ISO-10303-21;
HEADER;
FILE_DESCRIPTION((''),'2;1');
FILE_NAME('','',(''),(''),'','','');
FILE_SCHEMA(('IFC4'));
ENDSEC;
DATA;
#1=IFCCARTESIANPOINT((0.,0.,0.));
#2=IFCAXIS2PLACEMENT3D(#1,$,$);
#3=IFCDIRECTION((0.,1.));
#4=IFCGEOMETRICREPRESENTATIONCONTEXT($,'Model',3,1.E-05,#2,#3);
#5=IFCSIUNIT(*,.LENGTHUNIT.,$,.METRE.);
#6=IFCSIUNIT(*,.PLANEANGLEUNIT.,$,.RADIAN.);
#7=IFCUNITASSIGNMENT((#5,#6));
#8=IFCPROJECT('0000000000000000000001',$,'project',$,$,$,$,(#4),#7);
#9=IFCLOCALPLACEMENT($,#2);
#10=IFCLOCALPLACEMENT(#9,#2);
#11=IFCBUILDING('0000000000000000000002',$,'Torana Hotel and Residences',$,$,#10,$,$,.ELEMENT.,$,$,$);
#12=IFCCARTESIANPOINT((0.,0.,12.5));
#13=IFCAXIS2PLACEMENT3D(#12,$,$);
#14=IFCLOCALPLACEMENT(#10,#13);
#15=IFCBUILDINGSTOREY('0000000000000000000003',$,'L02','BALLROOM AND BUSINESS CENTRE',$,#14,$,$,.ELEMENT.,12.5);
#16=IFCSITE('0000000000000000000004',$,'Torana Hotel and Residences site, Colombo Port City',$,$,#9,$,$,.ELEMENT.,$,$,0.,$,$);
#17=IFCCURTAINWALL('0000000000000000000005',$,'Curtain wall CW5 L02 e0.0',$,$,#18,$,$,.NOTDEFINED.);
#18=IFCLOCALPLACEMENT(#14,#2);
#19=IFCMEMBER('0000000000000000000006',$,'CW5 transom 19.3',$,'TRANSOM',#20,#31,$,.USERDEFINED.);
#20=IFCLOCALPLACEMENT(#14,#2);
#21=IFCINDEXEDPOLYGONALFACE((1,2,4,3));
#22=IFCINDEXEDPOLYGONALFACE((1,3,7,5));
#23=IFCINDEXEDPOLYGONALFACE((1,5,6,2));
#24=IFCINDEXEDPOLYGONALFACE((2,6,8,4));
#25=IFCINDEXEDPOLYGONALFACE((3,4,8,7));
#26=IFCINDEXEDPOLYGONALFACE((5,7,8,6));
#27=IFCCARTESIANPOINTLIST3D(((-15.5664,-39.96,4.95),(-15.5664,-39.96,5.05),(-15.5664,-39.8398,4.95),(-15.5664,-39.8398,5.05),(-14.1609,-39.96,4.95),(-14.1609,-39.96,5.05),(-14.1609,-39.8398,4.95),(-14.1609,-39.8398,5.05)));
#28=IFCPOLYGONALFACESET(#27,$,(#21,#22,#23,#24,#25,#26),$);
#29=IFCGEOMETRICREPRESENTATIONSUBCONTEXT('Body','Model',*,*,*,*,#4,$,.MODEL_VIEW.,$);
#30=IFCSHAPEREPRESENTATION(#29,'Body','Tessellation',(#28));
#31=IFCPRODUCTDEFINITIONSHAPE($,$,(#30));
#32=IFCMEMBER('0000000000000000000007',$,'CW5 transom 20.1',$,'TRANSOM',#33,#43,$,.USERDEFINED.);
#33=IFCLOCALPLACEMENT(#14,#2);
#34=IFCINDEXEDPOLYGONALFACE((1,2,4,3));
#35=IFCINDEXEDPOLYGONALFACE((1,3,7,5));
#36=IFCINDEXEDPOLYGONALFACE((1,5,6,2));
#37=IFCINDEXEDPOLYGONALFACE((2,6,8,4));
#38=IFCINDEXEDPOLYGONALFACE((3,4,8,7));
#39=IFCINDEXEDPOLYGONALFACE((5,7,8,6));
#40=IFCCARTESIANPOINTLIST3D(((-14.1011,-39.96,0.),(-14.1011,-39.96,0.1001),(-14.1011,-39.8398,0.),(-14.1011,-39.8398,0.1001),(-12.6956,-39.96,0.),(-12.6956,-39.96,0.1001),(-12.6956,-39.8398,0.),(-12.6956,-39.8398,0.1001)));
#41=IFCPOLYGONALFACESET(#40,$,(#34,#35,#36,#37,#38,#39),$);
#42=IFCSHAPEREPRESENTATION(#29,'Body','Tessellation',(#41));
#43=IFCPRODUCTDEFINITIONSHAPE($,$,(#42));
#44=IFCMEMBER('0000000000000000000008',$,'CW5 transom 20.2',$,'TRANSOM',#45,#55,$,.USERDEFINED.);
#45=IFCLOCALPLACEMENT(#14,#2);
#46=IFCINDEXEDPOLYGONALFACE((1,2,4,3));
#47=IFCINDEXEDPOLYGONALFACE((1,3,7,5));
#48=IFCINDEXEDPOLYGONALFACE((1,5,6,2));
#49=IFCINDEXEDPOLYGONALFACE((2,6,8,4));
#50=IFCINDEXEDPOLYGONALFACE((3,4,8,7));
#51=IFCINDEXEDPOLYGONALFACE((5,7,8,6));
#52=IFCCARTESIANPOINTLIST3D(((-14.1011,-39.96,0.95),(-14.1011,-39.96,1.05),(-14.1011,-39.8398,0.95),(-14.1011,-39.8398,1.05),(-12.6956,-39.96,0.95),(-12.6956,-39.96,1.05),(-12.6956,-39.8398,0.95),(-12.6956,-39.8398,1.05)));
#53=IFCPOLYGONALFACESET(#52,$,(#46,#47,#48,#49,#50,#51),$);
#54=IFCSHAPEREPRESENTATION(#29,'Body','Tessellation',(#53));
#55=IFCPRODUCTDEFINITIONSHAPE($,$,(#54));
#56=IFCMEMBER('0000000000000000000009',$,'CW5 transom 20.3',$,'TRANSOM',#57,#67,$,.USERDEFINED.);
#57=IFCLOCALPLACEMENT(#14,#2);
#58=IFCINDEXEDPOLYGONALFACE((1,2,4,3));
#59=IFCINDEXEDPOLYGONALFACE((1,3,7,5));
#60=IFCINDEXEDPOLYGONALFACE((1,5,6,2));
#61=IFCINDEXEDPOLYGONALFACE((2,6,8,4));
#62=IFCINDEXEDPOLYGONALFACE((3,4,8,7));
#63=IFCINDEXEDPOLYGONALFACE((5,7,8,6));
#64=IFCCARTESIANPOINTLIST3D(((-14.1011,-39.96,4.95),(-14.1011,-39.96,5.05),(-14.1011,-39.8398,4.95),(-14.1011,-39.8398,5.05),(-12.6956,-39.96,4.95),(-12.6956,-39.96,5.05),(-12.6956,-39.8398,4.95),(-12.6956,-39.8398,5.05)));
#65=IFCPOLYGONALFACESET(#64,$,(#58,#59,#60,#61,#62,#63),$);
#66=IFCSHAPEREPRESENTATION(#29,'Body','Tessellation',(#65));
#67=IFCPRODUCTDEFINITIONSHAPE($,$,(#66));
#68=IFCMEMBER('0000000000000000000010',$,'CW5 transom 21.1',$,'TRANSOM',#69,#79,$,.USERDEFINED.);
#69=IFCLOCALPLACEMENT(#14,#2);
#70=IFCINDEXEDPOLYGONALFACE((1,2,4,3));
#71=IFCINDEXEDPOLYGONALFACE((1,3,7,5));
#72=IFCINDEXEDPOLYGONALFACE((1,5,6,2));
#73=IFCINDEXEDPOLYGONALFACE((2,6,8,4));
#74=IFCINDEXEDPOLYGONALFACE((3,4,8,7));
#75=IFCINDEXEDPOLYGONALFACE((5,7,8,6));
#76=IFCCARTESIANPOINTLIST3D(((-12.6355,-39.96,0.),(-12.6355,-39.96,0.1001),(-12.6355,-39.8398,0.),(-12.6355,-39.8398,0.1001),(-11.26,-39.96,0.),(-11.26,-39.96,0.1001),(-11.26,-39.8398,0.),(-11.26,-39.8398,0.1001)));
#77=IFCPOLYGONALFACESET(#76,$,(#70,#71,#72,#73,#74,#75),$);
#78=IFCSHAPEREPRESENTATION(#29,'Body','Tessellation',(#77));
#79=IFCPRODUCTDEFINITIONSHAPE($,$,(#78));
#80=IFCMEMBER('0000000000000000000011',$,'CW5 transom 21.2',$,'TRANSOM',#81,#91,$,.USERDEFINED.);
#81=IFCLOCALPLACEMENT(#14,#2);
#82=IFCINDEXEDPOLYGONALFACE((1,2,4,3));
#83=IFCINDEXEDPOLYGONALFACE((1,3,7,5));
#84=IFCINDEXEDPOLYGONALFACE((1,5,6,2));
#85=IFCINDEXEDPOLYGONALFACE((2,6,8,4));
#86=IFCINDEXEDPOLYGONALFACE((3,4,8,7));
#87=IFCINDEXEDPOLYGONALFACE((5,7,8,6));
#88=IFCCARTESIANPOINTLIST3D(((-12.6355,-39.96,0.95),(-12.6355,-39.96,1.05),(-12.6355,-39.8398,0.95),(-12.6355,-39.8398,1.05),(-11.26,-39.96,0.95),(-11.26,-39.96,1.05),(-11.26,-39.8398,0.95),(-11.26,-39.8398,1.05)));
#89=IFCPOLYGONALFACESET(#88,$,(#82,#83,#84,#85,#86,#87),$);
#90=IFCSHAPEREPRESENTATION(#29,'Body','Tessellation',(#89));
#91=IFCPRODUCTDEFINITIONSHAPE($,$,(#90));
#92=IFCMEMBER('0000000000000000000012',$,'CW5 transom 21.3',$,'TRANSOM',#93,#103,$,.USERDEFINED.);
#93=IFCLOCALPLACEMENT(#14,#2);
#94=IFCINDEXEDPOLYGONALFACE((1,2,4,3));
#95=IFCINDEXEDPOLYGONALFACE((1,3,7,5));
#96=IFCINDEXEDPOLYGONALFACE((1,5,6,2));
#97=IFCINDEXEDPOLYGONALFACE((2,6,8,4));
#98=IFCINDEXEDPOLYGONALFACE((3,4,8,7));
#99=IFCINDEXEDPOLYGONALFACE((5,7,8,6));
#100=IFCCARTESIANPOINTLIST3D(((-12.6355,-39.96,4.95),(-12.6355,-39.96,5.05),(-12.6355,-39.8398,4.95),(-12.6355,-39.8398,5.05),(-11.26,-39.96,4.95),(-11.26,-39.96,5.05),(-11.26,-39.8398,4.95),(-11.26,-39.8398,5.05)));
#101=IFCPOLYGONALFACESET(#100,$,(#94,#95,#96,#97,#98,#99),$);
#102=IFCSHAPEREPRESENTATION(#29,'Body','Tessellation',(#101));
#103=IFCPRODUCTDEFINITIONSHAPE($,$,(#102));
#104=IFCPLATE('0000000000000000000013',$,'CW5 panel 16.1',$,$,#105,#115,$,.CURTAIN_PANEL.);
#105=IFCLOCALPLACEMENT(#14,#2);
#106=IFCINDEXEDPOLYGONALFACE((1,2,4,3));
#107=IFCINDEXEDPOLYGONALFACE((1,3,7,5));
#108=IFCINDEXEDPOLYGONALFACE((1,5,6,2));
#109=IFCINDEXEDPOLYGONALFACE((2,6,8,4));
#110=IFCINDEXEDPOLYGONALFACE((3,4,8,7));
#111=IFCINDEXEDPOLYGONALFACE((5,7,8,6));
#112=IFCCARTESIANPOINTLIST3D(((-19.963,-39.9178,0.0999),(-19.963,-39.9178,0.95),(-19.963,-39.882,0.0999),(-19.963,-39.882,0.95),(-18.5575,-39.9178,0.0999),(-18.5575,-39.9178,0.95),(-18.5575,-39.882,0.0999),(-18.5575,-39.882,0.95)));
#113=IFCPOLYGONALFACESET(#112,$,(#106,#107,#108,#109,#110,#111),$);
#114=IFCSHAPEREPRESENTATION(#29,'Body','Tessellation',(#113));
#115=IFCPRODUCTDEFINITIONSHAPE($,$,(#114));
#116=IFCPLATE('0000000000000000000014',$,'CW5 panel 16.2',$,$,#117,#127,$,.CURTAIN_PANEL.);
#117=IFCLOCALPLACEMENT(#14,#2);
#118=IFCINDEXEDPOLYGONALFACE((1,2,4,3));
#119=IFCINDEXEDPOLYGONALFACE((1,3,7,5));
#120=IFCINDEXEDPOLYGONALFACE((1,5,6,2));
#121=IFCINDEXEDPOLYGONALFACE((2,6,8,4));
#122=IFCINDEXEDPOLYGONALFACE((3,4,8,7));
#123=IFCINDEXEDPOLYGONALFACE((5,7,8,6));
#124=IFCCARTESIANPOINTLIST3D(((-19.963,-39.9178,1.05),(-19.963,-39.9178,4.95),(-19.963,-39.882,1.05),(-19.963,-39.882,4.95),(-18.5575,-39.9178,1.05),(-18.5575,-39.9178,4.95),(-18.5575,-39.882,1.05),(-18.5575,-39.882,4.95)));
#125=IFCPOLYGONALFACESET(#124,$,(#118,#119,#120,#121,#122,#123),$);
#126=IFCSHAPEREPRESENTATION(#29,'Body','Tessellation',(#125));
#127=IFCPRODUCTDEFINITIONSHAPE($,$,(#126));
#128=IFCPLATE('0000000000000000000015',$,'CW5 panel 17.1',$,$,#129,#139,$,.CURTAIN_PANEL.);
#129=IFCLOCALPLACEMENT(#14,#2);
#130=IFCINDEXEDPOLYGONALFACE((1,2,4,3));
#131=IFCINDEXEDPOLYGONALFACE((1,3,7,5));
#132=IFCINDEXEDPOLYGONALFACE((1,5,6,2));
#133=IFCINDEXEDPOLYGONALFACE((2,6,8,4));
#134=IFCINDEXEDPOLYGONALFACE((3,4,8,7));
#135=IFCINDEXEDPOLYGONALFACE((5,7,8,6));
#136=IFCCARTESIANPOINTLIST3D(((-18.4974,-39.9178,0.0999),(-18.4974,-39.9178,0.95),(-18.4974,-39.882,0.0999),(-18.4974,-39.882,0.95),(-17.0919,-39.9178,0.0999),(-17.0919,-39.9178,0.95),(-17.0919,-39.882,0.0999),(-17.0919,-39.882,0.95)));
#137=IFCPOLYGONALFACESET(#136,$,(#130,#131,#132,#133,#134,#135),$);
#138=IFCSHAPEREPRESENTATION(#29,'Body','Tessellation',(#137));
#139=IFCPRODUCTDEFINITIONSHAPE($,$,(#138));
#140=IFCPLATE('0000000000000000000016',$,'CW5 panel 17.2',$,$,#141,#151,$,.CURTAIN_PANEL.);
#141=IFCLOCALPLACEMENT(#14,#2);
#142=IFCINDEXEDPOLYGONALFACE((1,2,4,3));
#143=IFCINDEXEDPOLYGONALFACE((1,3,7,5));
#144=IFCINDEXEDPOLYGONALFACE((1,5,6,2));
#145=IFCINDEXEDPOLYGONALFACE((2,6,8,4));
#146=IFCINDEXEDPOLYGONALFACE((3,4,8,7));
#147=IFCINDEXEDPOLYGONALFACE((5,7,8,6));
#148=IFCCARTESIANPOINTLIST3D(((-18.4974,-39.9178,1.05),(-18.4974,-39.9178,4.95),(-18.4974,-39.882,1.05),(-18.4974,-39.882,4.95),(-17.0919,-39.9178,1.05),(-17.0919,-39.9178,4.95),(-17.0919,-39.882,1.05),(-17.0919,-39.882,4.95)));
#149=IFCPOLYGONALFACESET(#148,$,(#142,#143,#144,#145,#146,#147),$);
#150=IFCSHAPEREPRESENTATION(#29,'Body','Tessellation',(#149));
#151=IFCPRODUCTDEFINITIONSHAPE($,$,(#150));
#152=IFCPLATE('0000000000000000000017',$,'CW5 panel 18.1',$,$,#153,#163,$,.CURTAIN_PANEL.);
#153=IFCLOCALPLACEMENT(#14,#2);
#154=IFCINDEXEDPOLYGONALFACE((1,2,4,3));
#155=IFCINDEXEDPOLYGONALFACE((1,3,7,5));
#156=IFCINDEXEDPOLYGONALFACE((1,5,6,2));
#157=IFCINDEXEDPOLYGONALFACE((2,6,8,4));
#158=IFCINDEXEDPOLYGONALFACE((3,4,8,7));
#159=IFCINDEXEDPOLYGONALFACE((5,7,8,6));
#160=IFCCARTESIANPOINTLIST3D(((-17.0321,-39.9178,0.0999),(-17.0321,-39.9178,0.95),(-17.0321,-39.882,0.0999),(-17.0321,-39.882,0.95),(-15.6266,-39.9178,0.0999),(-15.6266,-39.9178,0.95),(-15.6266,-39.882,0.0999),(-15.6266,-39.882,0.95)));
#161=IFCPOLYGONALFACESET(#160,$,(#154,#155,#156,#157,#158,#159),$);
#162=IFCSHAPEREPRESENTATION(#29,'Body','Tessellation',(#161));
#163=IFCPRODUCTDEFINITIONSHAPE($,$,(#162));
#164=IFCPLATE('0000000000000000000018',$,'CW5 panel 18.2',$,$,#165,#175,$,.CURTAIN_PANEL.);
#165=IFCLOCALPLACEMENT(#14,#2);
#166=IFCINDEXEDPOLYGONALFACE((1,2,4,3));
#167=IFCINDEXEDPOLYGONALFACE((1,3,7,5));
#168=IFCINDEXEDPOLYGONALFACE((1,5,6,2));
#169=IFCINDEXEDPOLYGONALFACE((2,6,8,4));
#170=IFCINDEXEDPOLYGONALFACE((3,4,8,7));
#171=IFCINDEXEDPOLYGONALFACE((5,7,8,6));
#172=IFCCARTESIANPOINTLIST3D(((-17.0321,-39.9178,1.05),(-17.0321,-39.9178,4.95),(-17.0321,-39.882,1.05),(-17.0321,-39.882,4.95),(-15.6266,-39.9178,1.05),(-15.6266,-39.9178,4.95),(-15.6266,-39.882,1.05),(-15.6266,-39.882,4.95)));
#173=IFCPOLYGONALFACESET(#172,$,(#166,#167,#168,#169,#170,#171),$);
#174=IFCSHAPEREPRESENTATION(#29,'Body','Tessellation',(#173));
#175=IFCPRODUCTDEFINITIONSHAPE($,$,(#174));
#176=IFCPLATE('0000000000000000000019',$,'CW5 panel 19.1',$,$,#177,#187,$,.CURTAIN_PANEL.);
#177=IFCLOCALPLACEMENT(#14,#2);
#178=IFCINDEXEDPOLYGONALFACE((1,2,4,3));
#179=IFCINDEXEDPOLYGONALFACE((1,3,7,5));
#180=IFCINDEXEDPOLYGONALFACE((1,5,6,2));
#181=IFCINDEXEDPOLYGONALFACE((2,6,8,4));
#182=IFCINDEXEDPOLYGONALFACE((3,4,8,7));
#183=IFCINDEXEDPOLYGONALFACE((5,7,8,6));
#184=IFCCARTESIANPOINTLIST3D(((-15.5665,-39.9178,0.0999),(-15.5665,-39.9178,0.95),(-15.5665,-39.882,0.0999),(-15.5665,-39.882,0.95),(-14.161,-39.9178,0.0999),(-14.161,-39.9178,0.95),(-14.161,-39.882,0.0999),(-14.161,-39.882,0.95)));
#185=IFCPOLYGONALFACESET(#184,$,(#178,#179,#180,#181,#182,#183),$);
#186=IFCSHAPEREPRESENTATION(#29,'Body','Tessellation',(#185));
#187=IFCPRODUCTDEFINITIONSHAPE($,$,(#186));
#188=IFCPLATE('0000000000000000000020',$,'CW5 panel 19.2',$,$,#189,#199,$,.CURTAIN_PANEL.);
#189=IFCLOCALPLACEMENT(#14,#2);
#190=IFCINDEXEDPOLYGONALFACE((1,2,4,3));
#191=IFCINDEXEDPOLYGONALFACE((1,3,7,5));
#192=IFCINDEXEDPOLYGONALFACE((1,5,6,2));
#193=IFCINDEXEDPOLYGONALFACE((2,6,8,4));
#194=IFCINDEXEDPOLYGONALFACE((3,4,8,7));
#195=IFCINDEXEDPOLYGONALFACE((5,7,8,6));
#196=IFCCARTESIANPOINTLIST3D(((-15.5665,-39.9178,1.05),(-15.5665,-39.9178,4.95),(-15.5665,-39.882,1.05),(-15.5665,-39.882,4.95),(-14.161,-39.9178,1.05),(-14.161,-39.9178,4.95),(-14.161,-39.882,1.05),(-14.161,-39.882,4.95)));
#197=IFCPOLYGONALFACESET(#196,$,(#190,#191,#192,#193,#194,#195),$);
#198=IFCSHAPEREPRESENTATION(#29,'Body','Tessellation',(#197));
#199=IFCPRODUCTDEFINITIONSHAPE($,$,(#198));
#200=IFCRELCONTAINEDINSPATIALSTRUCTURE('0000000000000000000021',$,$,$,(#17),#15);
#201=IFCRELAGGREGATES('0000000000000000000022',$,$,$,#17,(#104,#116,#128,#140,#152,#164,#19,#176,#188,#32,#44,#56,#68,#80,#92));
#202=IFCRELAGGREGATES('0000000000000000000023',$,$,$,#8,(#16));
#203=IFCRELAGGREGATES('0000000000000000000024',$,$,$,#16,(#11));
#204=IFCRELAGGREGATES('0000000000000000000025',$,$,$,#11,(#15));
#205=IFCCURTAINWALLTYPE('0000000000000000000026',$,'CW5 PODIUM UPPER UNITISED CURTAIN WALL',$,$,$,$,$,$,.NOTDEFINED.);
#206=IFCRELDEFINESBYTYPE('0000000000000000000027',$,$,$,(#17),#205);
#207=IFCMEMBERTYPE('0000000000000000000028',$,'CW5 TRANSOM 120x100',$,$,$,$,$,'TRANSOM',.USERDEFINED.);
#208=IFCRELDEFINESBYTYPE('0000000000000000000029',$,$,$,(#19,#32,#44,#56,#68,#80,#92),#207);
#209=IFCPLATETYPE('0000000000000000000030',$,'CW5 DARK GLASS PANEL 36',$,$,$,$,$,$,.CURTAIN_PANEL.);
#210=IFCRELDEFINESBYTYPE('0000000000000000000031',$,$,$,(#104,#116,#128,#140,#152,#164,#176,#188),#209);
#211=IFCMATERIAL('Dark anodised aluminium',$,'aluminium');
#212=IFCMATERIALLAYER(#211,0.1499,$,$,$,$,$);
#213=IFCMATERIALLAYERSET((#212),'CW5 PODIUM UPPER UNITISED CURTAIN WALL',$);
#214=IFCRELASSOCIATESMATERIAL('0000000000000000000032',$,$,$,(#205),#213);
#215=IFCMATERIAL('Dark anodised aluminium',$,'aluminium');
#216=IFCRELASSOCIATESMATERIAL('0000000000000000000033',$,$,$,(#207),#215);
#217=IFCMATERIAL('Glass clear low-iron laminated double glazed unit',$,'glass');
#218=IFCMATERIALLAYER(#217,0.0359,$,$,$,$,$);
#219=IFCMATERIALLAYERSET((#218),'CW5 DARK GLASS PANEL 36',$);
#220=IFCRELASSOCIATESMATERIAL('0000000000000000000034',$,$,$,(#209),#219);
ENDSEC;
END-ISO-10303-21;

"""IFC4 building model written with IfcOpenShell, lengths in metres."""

from ifc_helpers import new_model, si_unit, direction, frame, origin, origin_2d, place, context, subcontext, project, spatial, rectangle, extrude, material, layer, layer_set, material_profile, profile_set, type_object, element, aggregate, save


model = new_model("IFC4")

# Units and contexts
model_context = context("Model", 3, precision=1e-05, world=origin(), true_north=direction((0.0, 1.0)))
body_context = subcontext(model_context, "Body", "Model", "MODEL_VIEW")
ifc_project = project(units=[si_unit("LENGTHUNIT", "METRE"), si_unit("PLANEANGLEUNIT", "RADIAN")], contexts=[model_context])

# Site, building, storey
site_placement = place(None, origin())
site = spatial("IfcSite", under=ifc_project, at=site_placement, Name="Torana Hotel and Residences site, Colombo Port City", CompositionType="ELEMENT", RefElevation=0.0)
building_placement = place(site_placement, origin())
building = spatial("IfcBuilding", under=site, at=building_placement, Name="Torana Hotel and Residences", CompositionType="ELEMENT")
storey_placement = place(building_placement, frame((0.0, 0.0, 12.5)))
storey = spatial("IfcBuildingStorey", under=building, at=storey_placement, Name="L02", Description="BALLROOM AND BUSINESS CENTRE", CompositionType="ELEMENT", Elevation=12.5)

# Curtain wall, members, plates
ifc_material_1 = material(Name="Dark anodised aluminium", Category="aluminium")
ifc_layer_1 = layer(ifc_material_1, 0.1499)
ifc_layer_set_1 = layer_set([ifc_layer_1], Name="CW5 PODIUM UPPER UNITISED CURTAIN WALL")
curtain_wall_type = type_object("IfcCurtainWallType", Name="CW5 PODIUM UPPER UNITISED CURTAIN WALL", PredefinedType="NOTDEFINED", material=ifc_layer_set_1)
curtain_wall_placement = place(storey_placement, origin())
curtain_wall = element("IfcCurtainWall", 1, at=curtain_wall_placement, inside=storey, type_object=curtain_wall_type, Name="Curtain wall CW5 L02 e0.0", PredefinedType="NOTDEFINED")
ifc_material_2 = material(Name="Dark anodised aluminium", Category="aluminium")
ifc_material_profile_1 = material_profile(ifc_material_2, rectangle(XDim=0.1201, YDim=0.1001, at=origin_2d()), Name="CW5 TRANSOM 120x100")
ifc_profile_set_1 = profile_set([ifc_material_profile_1], Name="Dark anodised aluminium")
member_type_1 = type_object("IfcMemberType", Name="CW5 TRANSOM 120x100", ElementType="TRANSOM", PredefinedType="USERDEFINED", material=ifc_profile_set_1)
member_1_placement = place(storey_placement, frame((-15.5664, -39.8999, 5.0), z_axis=(1.0, 0.0, 0.0), x_axis=(0.0, 1.0, 0.0)))
member_1 = element("IfcMember", 2, at=member_1_placement, type_object=member_type_1, Name="CW5 transom 19.3", ObjectType="TRANSOM", PredefinedType="USERDEFINED", context=body_context, shape_type="SweptSolid", body=[
    extrude(rectangle(XDim=0.1201, YDim=0.1001, at=origin_2d()), origin(), (0.0, 0.0, 1.0), 1.4055),
])
member_2_placement = place(storey_placement, frame((-14.1011, -39.8999, 0.05), z_axis=(1.0, 0.0, 0.0), x_axis=(0.0, 1.0, 0.0)))
member_2 = element("IfcMember", 3, at=member_2_placement, type_object=member_type_1, Name="CW5 transom 20.1", ObjectType="TRANSOM", PredefinedType="USERDEFINED", context=body_context, shape_type="SweptSolid", body=[
    extrude(rectangle(XDim=0.1201, YDim=0.1001, at=origin_2d()), origin(), (0.0, 0.0, 1.0), 1.4055),
])
member_3_placement = place(storey_placement, frame((-14.1011, -39.8999, 1.0), z_axis=(1.0, 0.0, 0.0), x_axis=(0.0, 1.0, 0.0)))
member_3 = element("IfcMember", 4, at=member_3_placement, type_object=member_type_1, Name="CW5 transom 20.2", ObjectType="TRANSOM", PredefinedType="USERDEFINED", context=body_context, shape_type="SweptSolid", body=[
    extrude(rectangle(XDim=0.1201, YDim=0.1001, at=origin_2d()), origin(), (0.0, 0.0, 1.0), 1.4055),
])
member_4_placement = place(storey_placement, frame((-14.1011, -39.8999, 5.0), z_axis=(1.0, 0.0, 0.0), x_axis=(0.0, 1.0, 0.0)))
member_4 = element("IfcMember", 5, at=member_4_placement, type_object=member_type_1, Name="CW5 transom 20.3", ObjectType="TRANSOM", PredefinedType="USERDEFINED", context=body_context, shape_type="SweptSolid", body=[
    extrude(rectangle(XDim=0.1201, YDim=0.1001, at=origin_2d()), origin(), (0.0, 0.0, 1.0), 1.4055),
])
member_5_placement = place(storey_placement, frame((-12.6355, -39.8999, 0.05), z_axis=(1.0, 0.0, 0.0), x_axis=(0.0, 1.0, 0.0)))
member_5 = element("IfcMember", 6, at=member_5_placement, type_object=member_type_1, Name="CW5 transom 21.1", ObjectType="TRANSOM", PredefinedType="USERDEFINED", context=body_context, shape_type="SweptSolid", body=[
    extrude(rectangle(XDim=0.1201, YDim=0.1001, at=origin_2d()), origin(), (0.0, 0.0, 1.0), 1.3755),
])
member_6_placement = place(storey_placement, frame((-12.6355, -39.8999, 1.0), z_axis=(1.0, 0.0, 0.0), x_axis=(0.0, 1.0, 0.0)))
member_6 = element("IfcMember", 7, at=member_6_placement, type_object=member_type_1, Name="CW5 transom 21.2", ObjectType="TRANSOM", PredefinedType="USERDEFINED", context=body_context, shape_type="SweptSolid", body=[
    extrude(rectangle(XDim=0.1201, YDim=0.1001, at=origin_2d()), origin(), (0.0, 0.0, 1.0), 1.3755),
])
member_7_placement = place(storey_placement, frame((-12.6355, -39.8999, 5.0), z_axis=(1.0, 0.0, 0.0), x_axis=(0.0, 1.0, 0.0)))
member_7 = element("IfcMember", 8, at=member_7_placement, type_object=member_type_1, Name="CW5 transom 21.3", ObjectType="TRANSOM", PredefinedType="USERDEFINED", context=body_context, shape_type="SweptSolid", body=[
    extrude(rectangle(XDim=0.1201, YDim=0.1001, at=origin_2d()), origin(), (0.0, 0.0, 1.0), 1.3755),
])
ifc_material_3 = material(Name="Glass clear low-iron laminated double glazed unit", Category="glass")
ifc_layer_2 = layer(ifc_material_3, 0.0359)
ifc_layer_set_2 = layer_set([ifc_layer_2], Name="CW5 DARK GLASS PANEL 36")
plate_type = type_object("IfcPlateType", Name="CW5 DARK GLASS PANEL 36", PredefinedType="CURTAIN_PANEL", material=ifc_layer_set_2)
plate_1_placement = place(storey_placement, frame((-19.2603, -39.8999, 0.0999), z_axis=(0.0, 0.0, 1.0), x_axis=(1.0, 0.0, 0.0)))
plate_1 = element("IfcPlate", 9, at=plate_1_placement, type_object=plate_type, Name="CW5 panel 16.1", PredefinedType="CURTAIN_PANEL", context=body_context, shape_type="SweptSolid", body=[
    extrude(rectangle(XDim=1.4055, YDim=0.0359, at=origin_2d()), origin(), (0.0, 0.0, 1.0), 0.8501),
])
plate_2_placement = place(storey_placement, frame((-19.2603, -39.8999, 1.05), z_axis=(0.0, 0.0, 1.0), x_axis=(1.0, 0.0, 0.0)))
plate_2 = element("IfcPlate", 10, at=plate_2_placement, type_object=plate_type, Name="CW5 panel 16.2", PredefinedType="CURTAIN_PANEL", context=body_context, shape_type="SweptSolid", body=[
    extrude(rectangle(XDim=1.4055, YDim=0.0359, at=origin_2d()), origin(), (0.0, 0.0, 1.0), 3.8999),
])
plate_3_placement = place(storey_placement, frame((-17.7947, -39.8999, 0.0999), z_axis=(0.0, 0.0, 1.0), x_axis=(1.0, 0.0, 0.0)))
plate_3 = element("IfcPlate", 11, at=plate_3_placement, type_object=plate_type, Name="CW5 panel 17.1", PredefinedType="CURTAIN_PANEL", context=body_context, shape_type="SweptSolid", body=[
    extrude(rectangle(XDim=1.4055, YDim=0.0359, at=origin_2d()), origin(), (0.0, 0.0, 1.0), 0.8501),
])
plate_4_placement = place(storey_placement, frame((-17.7947, -39.8999, 1.05), z_axis=(0.0, 0.0, 1.0), x_axis=(1.0, 0.0, 0.0)))
plate_4 = element("IfcPlate", 12, at=plate_4_placement, type_object=plate_type, Name="CW5 panel 17.2", PredefinedType="CURTAIN_PANEL", context=body_context, shape_type="SweptSolid", body=[
    extrude(rectangle(XDim=1.4055, YDim=0.0359, at=origin_2d()), origin(), (0.0, 0.0, 1.0), 3.8999),
])
plate_5_placement = place(storey_placement, frame((-16.3293, -39.8999, 0.0999), z_axis=(0.0, 0.0, 1.0), x_axis=(1.0, 0.0, 0.0)))
plate_5 = element("IfcPlate", 13, at=plate_5_placement, type_object=plate_type, Name="CW5 panel 18.1", PredefinedType="CURTAIN_PANEL", context=body_context, shape_type="SweptSolid", body=[
    extrude(rectangle(XDim=1.4055, YDim=0.0359, at=origin_2d()), origin(), (0.0, 0.0, 1.0), 0.8501),
])
plate_6_placement = place(storey_placement, frame((-16.3293, -39.8999, 1.05), z_axis=(0.0, 0.0, 1.0), x_axis=(1.0, 0.0, 0.0)))
plate_6 = element("IfcPlate", 14, at=plate_6_placement, type_object=plate_type, Name="CW5 panel 18.2", PredefinedType="CURTAIN_PANEL", context=body_context, shape_type="SweptSolid", body=[
    extrude(rectangle(XDim=1.4055, YDim=0.0359, at=origin_2d()), origin(), (0.0, 0.0, 1.0), 3.8999),
])
plate_7_placement = place(storey_placement, frame((-14.8638, -39.8999, 0.0999), z_axis=(0.0, 0.0, 1.0), x_axis=(1.0, 0.0, 0.0)))
plate_7 = element("IfcPlate", 15, at=plate_7_placement, type_object=plate_type, Name="CW5 panel 19.1", PredefinedType="CURTAIN_PANEL", context=body_context, shape_type="SweptSolid", body=[
    extrude(rectangle(XDim=1.4055, YDim=0.0359, at=origin_2d()), origin(), (0.0, 0.0, 1.0), 0.8501),
])
plate_8_placement = place(storey_placement, frame((-14.8638, -39.8999, 1.05), z_axis=(0.0, 0.0, 1.0), x_axis=(1.0, 0.0, 0.0)))
plate_8 = element("IfcPlate", 16, at=plate_8_placement, type_object=plate_type, Name="CW5 panel 19.2", PredefinedType="CURTAIN_PANEL", context=body_context, shape_type="SweptSolid", body=[
    extrude(rectangle(XDim=1.4055, YDim=0.0359, at=origin_2d()), origin(), (0.0, 0.0, 1.0), 3.8999),
])
aggregate(curtain_wall, [plate_1, plate_2, plate_3, plate_4, plate_5, plate_6, member_1, plate_7, plate_8, member_2, member_3, member_4, member_5, member_6, member_7])

save(model, "model.ifc")
